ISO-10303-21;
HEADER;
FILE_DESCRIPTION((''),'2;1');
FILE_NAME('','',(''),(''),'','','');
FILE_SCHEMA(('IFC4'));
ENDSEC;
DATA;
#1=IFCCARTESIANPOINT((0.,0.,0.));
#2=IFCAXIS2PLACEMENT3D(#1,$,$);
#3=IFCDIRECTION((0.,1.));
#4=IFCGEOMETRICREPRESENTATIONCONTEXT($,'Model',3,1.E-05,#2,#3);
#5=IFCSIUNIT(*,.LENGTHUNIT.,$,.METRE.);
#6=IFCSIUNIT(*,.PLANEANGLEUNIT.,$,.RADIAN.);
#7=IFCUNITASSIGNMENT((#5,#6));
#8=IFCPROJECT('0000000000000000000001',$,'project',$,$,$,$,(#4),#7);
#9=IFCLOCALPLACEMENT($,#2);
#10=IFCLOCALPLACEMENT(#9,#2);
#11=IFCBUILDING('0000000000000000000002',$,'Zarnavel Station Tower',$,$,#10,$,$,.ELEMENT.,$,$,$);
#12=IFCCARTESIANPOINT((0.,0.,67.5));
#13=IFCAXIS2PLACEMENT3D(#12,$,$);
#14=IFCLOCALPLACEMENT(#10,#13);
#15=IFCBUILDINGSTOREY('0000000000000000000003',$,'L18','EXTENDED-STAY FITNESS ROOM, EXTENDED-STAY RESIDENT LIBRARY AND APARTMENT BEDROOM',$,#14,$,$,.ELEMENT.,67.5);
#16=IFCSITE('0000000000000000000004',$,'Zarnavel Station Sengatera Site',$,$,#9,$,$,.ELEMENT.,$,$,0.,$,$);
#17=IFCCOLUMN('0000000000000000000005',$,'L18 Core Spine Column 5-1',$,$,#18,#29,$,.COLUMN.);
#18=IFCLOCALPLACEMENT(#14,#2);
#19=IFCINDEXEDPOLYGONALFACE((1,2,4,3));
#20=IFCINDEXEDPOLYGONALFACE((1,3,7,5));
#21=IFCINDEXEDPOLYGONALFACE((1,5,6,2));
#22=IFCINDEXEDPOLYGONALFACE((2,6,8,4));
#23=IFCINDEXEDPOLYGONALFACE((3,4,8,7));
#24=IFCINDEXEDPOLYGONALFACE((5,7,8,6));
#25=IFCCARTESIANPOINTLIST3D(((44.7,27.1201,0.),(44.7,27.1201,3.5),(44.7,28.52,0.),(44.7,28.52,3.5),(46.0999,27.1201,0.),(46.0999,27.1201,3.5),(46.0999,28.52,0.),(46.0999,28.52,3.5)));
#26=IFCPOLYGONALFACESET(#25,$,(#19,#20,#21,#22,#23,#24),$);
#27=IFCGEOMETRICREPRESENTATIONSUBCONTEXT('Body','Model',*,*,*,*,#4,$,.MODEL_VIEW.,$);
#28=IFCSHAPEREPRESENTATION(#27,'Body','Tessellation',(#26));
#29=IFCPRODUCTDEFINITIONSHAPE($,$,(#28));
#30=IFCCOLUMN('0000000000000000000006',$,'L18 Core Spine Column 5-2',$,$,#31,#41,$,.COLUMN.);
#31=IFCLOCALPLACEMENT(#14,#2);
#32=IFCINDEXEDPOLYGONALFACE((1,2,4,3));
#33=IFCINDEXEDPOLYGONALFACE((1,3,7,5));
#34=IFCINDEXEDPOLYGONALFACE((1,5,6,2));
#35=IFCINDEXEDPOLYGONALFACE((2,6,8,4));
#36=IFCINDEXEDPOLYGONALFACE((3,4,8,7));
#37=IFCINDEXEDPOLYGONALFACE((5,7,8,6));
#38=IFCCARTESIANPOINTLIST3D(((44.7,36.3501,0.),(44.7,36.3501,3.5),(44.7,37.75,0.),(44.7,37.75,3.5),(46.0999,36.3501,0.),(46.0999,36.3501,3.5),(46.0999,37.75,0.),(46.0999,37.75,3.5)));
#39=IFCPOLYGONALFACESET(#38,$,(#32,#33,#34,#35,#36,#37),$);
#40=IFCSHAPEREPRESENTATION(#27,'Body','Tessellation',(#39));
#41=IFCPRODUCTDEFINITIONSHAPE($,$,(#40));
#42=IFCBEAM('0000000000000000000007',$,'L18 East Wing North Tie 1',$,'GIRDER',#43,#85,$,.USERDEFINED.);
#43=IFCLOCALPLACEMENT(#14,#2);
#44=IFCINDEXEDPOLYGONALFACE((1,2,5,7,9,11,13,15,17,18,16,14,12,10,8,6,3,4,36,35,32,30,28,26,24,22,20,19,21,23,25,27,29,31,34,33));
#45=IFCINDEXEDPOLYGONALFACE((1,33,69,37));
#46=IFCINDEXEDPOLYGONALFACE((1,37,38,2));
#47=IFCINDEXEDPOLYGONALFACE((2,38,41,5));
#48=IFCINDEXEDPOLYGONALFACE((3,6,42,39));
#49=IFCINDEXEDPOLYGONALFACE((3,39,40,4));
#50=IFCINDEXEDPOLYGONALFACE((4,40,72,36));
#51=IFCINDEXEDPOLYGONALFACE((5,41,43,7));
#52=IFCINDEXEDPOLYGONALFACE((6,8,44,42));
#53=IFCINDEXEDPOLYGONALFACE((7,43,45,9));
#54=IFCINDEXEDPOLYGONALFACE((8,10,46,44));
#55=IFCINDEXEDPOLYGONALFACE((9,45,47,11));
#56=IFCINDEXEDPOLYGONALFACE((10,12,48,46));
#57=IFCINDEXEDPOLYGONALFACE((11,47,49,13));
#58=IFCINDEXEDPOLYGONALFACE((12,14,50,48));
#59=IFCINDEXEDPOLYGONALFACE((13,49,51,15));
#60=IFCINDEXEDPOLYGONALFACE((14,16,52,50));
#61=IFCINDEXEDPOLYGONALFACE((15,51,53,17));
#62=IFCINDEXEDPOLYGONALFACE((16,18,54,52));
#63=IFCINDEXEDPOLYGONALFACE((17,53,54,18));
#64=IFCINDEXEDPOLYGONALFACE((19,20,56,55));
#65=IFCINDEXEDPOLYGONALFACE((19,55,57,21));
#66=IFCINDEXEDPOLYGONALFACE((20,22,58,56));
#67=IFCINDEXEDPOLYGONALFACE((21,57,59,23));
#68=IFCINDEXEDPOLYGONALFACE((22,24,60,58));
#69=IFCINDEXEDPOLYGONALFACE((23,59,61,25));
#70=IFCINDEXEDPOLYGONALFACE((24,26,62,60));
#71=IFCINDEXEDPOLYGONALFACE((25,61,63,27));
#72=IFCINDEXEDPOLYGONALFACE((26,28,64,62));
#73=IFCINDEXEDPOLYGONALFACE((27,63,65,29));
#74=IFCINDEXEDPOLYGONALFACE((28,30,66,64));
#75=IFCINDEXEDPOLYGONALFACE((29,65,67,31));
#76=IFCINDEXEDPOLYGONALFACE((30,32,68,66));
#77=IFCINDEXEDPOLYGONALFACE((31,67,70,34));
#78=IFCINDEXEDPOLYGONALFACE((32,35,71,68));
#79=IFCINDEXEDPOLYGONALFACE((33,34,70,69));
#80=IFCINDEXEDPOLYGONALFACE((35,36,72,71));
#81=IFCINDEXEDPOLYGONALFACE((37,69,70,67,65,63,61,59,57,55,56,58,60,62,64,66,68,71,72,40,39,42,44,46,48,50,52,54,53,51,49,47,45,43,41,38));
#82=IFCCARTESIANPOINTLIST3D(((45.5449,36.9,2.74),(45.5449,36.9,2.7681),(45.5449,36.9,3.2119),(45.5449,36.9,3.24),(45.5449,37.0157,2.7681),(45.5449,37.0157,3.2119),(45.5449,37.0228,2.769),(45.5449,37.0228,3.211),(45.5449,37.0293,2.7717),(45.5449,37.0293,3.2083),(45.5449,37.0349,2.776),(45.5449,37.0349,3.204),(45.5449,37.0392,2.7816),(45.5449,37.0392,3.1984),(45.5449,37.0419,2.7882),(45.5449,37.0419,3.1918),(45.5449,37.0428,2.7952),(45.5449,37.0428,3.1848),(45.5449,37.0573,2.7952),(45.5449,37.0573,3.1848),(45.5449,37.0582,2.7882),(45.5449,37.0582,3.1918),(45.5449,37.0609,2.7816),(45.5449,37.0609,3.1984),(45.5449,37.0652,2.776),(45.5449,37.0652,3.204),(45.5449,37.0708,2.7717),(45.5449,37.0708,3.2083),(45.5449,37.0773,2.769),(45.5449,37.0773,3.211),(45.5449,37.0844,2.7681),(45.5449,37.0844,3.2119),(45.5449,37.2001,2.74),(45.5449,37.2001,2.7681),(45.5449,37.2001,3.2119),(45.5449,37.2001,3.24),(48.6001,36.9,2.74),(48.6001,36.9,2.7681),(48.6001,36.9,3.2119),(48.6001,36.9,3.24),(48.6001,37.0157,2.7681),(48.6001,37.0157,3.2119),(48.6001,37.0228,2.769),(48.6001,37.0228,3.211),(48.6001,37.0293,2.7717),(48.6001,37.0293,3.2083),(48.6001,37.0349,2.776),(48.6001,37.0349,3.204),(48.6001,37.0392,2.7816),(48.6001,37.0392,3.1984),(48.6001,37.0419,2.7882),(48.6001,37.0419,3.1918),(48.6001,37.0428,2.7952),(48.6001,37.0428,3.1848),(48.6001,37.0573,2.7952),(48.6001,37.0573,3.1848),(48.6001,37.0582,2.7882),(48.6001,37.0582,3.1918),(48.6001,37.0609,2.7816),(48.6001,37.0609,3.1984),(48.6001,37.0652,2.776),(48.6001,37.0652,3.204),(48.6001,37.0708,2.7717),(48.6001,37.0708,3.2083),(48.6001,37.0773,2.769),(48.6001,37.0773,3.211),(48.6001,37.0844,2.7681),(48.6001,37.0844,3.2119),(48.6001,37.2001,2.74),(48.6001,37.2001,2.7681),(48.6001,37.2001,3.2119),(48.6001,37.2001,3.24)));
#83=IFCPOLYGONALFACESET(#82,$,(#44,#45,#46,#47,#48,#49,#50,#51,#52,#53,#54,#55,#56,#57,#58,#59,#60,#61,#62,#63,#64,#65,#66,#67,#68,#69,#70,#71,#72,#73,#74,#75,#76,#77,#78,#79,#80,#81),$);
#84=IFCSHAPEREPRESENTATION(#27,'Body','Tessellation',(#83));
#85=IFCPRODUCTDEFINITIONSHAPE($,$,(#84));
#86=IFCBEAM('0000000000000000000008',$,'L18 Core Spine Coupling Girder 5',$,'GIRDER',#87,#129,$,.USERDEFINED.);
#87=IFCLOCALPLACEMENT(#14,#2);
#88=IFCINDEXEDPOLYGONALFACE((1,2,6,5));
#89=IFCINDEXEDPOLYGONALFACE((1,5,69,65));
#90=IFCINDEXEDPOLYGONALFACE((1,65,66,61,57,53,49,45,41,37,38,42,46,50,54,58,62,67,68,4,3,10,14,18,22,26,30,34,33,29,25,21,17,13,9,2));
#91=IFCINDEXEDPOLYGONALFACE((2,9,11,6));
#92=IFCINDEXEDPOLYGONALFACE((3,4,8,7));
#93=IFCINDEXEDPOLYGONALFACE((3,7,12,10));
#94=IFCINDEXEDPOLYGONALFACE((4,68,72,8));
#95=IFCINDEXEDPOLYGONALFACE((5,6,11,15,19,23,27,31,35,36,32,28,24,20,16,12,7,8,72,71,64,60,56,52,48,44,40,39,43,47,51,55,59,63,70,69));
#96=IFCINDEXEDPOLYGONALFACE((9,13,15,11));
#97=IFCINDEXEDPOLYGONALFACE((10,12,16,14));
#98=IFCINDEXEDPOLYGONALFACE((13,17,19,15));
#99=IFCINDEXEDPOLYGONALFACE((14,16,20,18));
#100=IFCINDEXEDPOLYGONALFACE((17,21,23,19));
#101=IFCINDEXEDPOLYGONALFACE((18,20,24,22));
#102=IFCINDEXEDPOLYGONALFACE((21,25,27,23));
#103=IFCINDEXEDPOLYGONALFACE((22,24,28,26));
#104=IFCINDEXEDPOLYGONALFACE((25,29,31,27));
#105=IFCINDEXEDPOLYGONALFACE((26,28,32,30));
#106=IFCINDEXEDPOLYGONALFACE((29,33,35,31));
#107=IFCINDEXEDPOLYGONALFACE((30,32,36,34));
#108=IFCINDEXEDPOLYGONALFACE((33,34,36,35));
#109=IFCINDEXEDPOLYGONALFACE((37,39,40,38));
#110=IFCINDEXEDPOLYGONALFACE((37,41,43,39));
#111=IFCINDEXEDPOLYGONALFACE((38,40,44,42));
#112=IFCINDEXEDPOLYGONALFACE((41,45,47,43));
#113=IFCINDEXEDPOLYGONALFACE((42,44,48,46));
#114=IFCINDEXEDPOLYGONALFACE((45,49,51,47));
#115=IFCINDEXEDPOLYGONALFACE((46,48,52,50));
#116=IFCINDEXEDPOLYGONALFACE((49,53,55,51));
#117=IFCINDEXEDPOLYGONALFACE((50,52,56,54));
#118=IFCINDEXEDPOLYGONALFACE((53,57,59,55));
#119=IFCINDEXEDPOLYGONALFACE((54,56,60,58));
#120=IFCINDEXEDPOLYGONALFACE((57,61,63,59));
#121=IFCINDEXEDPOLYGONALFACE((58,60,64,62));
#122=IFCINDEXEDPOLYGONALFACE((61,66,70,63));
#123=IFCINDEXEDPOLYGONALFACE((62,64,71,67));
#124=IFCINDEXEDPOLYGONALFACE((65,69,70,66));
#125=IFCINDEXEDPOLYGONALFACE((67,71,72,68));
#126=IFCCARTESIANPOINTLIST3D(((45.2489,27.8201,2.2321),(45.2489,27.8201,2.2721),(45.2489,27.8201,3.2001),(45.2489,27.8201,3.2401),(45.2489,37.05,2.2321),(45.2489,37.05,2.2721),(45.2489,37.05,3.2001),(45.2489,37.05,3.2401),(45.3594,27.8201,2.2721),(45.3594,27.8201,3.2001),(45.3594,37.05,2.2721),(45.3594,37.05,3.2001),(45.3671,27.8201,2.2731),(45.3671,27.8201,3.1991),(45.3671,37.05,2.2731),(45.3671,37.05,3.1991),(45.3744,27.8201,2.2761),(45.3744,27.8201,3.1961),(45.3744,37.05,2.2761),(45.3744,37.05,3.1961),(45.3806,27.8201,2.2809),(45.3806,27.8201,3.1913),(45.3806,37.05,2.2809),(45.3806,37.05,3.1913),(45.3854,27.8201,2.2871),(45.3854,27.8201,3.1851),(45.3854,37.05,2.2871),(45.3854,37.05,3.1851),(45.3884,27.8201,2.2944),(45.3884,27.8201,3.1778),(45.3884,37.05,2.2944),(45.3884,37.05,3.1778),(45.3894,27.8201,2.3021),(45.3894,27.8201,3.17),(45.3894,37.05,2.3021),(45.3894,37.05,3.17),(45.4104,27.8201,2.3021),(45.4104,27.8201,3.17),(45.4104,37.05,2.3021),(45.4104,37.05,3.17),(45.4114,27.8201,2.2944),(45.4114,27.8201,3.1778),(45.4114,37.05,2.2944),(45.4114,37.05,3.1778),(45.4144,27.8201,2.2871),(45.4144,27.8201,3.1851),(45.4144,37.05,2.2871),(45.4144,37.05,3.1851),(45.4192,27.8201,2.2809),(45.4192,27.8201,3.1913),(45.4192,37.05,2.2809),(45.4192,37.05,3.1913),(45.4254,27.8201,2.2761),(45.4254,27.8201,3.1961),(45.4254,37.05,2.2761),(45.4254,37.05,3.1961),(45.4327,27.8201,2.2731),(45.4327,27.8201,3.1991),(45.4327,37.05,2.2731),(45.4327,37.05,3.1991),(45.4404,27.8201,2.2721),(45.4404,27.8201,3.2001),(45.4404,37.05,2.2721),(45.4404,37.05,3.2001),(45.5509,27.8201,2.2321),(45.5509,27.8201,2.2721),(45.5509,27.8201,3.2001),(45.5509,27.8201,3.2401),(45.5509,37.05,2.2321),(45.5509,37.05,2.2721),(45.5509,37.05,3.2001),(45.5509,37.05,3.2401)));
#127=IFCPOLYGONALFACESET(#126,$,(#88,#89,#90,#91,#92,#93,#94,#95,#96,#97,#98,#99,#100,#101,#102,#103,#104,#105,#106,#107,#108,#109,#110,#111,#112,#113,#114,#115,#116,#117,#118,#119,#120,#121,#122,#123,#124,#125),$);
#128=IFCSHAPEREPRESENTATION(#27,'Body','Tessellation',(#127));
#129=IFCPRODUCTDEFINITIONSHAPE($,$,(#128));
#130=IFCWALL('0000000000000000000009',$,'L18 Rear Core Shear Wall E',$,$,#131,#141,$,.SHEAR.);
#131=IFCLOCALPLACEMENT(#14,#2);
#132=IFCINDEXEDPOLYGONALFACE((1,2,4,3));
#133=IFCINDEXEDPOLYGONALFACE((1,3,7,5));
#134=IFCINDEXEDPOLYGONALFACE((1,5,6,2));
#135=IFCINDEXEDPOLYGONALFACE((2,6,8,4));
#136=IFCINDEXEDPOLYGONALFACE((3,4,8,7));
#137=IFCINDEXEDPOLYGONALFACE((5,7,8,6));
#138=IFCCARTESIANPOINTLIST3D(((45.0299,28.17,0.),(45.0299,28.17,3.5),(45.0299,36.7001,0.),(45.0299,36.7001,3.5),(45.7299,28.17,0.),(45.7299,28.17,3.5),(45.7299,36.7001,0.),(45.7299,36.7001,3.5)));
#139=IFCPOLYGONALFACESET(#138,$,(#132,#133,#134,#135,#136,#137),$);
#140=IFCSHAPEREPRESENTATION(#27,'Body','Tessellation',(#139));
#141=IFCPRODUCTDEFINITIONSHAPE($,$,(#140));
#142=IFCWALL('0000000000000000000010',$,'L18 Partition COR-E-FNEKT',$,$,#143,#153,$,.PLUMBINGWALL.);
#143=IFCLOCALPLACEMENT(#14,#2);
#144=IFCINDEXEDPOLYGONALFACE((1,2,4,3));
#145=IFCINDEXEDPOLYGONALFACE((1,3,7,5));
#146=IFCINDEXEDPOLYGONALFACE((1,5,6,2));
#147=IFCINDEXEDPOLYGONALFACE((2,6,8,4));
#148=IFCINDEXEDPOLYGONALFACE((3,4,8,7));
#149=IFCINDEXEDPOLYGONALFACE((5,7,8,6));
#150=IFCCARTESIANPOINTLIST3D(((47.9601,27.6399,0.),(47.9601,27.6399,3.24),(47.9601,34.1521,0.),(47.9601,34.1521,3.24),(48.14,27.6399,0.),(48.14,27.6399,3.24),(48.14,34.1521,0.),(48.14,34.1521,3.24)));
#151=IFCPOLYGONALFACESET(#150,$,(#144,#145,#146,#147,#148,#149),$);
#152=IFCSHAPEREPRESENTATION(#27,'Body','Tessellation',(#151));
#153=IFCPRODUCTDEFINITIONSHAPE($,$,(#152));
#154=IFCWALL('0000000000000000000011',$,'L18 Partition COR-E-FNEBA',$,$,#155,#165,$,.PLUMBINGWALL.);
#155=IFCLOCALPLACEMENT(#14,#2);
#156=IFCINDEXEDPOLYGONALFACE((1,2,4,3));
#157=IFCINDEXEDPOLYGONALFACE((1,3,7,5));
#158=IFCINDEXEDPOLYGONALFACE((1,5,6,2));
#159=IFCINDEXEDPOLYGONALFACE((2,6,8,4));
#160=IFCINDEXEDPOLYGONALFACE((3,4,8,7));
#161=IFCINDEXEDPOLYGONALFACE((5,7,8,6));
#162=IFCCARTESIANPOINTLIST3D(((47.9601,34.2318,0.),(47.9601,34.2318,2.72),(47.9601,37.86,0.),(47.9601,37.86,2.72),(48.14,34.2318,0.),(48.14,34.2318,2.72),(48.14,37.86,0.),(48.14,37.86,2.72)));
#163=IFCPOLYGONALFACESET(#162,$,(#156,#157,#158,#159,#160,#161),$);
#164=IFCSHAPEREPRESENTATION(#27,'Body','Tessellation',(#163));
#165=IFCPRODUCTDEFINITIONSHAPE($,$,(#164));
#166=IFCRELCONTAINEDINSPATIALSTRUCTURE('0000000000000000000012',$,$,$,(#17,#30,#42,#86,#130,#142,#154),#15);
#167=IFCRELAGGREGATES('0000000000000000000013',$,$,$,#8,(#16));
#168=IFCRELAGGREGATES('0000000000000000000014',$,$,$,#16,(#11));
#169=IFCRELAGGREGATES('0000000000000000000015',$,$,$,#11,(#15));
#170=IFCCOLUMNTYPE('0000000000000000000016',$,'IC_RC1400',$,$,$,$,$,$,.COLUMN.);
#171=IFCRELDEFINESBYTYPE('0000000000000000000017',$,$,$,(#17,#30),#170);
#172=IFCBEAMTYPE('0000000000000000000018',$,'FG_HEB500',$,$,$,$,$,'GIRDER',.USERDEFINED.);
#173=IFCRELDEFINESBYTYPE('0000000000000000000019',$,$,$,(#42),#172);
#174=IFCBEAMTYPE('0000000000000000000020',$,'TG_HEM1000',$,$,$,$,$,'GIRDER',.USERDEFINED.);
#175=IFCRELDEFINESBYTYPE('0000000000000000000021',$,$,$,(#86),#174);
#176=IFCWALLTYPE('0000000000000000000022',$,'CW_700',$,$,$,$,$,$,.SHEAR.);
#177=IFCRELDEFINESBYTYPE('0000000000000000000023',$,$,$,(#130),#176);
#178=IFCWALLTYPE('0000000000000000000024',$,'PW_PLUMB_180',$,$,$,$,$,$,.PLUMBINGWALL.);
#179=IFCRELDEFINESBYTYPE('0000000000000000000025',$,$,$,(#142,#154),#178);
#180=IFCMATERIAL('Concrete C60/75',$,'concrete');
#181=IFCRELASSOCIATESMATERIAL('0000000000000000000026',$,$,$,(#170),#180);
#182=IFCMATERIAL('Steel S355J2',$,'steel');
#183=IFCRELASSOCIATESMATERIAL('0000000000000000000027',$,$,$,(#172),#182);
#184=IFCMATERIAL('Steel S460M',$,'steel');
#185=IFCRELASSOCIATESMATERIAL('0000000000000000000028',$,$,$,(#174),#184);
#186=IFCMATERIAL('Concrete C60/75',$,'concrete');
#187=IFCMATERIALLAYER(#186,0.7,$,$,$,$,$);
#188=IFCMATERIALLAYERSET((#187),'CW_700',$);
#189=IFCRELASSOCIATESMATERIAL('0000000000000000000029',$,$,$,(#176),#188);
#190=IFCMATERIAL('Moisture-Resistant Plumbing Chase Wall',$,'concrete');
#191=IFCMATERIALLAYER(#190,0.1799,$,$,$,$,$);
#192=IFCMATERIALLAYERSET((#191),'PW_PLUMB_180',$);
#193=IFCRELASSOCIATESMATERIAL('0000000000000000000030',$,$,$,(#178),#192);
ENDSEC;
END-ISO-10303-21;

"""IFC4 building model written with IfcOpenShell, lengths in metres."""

from ifc_helpers import new_model, si_unit, direction, frame, frame_2d, origin, origin_2d, place, context, subcontext, project, spatial, rectangle, i_section, extrude, material, layer, layer_set, material_profile, profile_set, type_object, element, save


model = new_model("IFC4")

# Units and contexts
model_context = context("Model", 3, precision=1e-05, world=origin(), true_north=direction((0.0, 1.0)))
body_context = subcontext(model_context, "Body", "Model", "MODEL_VIEW")
ifc_project = project(units=[si_unit("LENGTHUNIT", "METRE"), si_unit("PLANEANGLEUNIT", "RADIAN")], contexts=[model_context])

# Site, building, storey
site_placement = place(None, origin())
site = spatial("IfcSite", under=ifc_project, at=site_placement, Name="Zarnavel Station Sengatera Site", CompositionType="ELEMENT", RefElevation=0.0)
building_placement = place(site_placement, origin())
building = spatial("IfcBuilding", under=site, at=building_placement, Name="Zarnavel Station Tower", CompositionType="ELEMENT")
storey_placement = place(building_placement, frame((0.0, 0.0, 67.5)))
storey = spatial("IfcBuildingStorey", under=building, at=storey_placement, Name="L18", Description="EXTENDED-STAY FITNESS ROOM, EXTENDED-STAY RESIDENT LIBRARY AND APARTMENT BEDROOM", CompositionType="ELEMENT", Elevation=67.5)

# Columns
ifc_material_1 = material(Name="Concrete C60/75", Category="concrete")
ifc_material_profile_1 = material_profile(ifc_material_1, rectangle(XDim=1.3999, YDim=1.3999, at=origin_2d()), Name="RC1400x1400")
ifc_profile_set_1 = profile_set([ifc_material_profile_1], Name="Concrete C60/75")
column_type = type_object("IfcColumnType", Name="IC_RC1400", PredefinedType="COLUMN", material=ifc_profile_set_1)
for number, where, z_axis, x_axis, name in (
    (1, (45.3999, 27.8201, 0.0), (0.0, 0.0, 1.0), (1.0, 0.0, 0.0), "L18 Core Spine Column 5-1"),
    (2, (45.3999, 37.05, 0.0), (0.0, 0.0, 1.0), (1.0, 0.0, 0.0), "L18 Core Spine Column 5-2"),
):
    element("IfcColumn", number, at=place(storey_placement, frame(where, z_axis=z_axis, x_axis=x_axis)), inside=storey, type_object=column_type, Name=name, PredefinedType="COLUMN", context=body_context, shape_type="SweptSolid", body=[
        extrude(rectangle(XDim=1.3999, YDim=1.3999, at=origin_2d()), origin(), (0.0, 0.0, 1.0), 3.5),
    ])

# Beams
ifc_material_2 = material(Name="Steel S355J2", Category="steel")
ifc_material_profile_2 = material_profile(ifc_material_2, i_section(OverallWidth=0.3, OverallDepth=0.5, WebThickness=0.0144, FlangeThickness=0.0281, FilletRadius=0.0271, at=origin_2d()), Name="HEB500")
ifc_profile_set_2 = profile_set([ifc_material_profile_2], Name="Steel S355J2")
beam_type_1 = type_object("IfcBeamType", Name="FG_HEB500", ElementType="GIRDER", PredefinedType="USERDEFINED", material=ifc_profile_set_2)
beam_1_placement = place(storey_placement, frame((45.5449, 37.05, 2.99), z_axis=(1.0, 0.0, 0.0), x_axis=(0.0, 1.0, 0.0)))
element("IfcBeam", 3, at=beam_1_placement, inside=storey, type_object=beam_type_1, Name="L18 East Wing North Tie 1", ObjectType="GIRDER", PredefinedType="USERDEFINED", context=body_context, shape_type="SweptSolid", body=[
    extrude(i_section(OverallWidth=0.3, OverallDepth=0.5, WebThickness=0.0144, FlangeThickness=0.0281, FilletRadius=0.0271, at=origin_2d()), origin(), (0.0, 0.0, 1.0), 3.0552),
])
ifc_material_3 = material(Name="Steel S460M", Category="steel")
ifc_material_profile_3 = material_profile(ifc_material_3, i_section(OverallWidth=0.302, OverallDepth=1.0081, WebThickness=0.021, FlangeThickness=0.04, FilletRadius=0.03, at=origin_2d()), Name="HEM1000")
ifc_profile_set_3 = profile_set([ifc_material_profile_3], Name="Steel S460M")
beam_type_2 = type_object("IfcBeamType", Name="TG_HEM1000", ElementType="GIRDER", PredefinedType="USERDEFINED", material=ifc_profile_set_3)
beam_2_placement = place(storey_placement, frame((45.3999, 27.8201, 2.7361), z_axis=(0.0, 1.0, 0.0), x_axis=(-1.0, 0.0, 0.0)))
element("IfcBeam", 4, at=beam_2_placement, inside=storey, type_object=beam_type_2, Name="L18 Core Spine Coupling Girder 5", ObjectType="GIRDER", PredefinedType="USERDEFINED", context=body_context, shape_type="SweptSolid", body=[
    extrude(i_section(OverallWidth=0.302, OverallDepth=1.0081, WebThickness=0.021, FlangeThickness=0.04, FilletRadius=0.03, at=origin_2d()), origin(), (0.0, 0.0, 1.0), 9.23),
])

# Shared definitions
ifc_material_4 = material(Name="Concrete C60/75", Category="concrete")
ifc_layer_1 = layer(ifc_material_4, 0.7)
ifc_layer_set_1 = layer_set([ifc_layer_1], Name="CW_700")
wall_type_1 = type_object("IfcWallType", Name="CW_700", PredefinedType="SHEAR", material=ifc_layer_set_1)

# Wall
wall_1_placement = place(storey_placement, frame((45.3799, 28.1699, 0.0), z_axis=(0.0, 0.0, 1.0), x_axis=(0.0, 1.0, 0.0)))
element("IfcWall", 5, at=wall_1_placement, inside=storey, type_object=wall_type_1, Name="L18 Rear Core Shear Wall E", PredefinedType="SHEAR", context=body_context, shape_type="SweptSolid", body=[
    extrude(rectangle(XDim=8.53, YDim=0.7, at=frame_2d((4.2651, 0.0))), origin(), (0.0, 0.0, 1.0), 3.5),
])

# Walls
ifc_material_5 = material(Name="Moisture-Resistant Plumbing Chase Wall", Category="concrete")
ifc_layer_2 = layer(ifc_material_5, 0.1799)
ifc_layer_set_2 = layer_set([ifc_layer_2], Name="PW_PLUMB_180")
wall_type_2 = type_object("IfcWallType", Name="PW_PLUMB_180", PredefinedType="PLUMBINGWALL", material=ifc_layer_set_2)
wall_2_placement = place(storey_placement, frame((48.05, 27.6399, 0.0), z_axis=(0.0, 0.0, 1.0), x_axis=(0.0, 1.0, 0.0)))
element("IfcWall", 6, at=wall_2_placement, inside=storey, type_object=wall_type_2, Name="L18 Partition COR-E-FNEKT", PredefinedType="PLUMBINGWALL", context=body_context, shape_type="SweptSolid", body=[
    extrude(rectangle(XDim=6.5122, YDim=0.1799, at=frame_2d((3.2561, 0.0))), origin(), (0.0, 0.0, 1.0), 3.24),
])
wall_3_placement = place(storey_placement, frame((48.05, 34.2319, 0.0), z_axis=(0.0, 0.0, 1.0), x_axis=(0.0, 1.0, 0.0)))
element("IfcWall", 7, at=wall_3_placement, inside=storey, type_object=wall_type_2, Name="L18 Partition COR-E-FNEBA", PredefinedType="PLUMBINGWALL", context=body_context, shape_type="SweptSolid", body=[
    extrude(rectangle(XDim=3.6282, YDim=0.1799, at=frame_2d((1.814, 0.0))), origin(), (0.0, 0.0, 1.0), 2.72),
])

save(model, "model.ifc")
